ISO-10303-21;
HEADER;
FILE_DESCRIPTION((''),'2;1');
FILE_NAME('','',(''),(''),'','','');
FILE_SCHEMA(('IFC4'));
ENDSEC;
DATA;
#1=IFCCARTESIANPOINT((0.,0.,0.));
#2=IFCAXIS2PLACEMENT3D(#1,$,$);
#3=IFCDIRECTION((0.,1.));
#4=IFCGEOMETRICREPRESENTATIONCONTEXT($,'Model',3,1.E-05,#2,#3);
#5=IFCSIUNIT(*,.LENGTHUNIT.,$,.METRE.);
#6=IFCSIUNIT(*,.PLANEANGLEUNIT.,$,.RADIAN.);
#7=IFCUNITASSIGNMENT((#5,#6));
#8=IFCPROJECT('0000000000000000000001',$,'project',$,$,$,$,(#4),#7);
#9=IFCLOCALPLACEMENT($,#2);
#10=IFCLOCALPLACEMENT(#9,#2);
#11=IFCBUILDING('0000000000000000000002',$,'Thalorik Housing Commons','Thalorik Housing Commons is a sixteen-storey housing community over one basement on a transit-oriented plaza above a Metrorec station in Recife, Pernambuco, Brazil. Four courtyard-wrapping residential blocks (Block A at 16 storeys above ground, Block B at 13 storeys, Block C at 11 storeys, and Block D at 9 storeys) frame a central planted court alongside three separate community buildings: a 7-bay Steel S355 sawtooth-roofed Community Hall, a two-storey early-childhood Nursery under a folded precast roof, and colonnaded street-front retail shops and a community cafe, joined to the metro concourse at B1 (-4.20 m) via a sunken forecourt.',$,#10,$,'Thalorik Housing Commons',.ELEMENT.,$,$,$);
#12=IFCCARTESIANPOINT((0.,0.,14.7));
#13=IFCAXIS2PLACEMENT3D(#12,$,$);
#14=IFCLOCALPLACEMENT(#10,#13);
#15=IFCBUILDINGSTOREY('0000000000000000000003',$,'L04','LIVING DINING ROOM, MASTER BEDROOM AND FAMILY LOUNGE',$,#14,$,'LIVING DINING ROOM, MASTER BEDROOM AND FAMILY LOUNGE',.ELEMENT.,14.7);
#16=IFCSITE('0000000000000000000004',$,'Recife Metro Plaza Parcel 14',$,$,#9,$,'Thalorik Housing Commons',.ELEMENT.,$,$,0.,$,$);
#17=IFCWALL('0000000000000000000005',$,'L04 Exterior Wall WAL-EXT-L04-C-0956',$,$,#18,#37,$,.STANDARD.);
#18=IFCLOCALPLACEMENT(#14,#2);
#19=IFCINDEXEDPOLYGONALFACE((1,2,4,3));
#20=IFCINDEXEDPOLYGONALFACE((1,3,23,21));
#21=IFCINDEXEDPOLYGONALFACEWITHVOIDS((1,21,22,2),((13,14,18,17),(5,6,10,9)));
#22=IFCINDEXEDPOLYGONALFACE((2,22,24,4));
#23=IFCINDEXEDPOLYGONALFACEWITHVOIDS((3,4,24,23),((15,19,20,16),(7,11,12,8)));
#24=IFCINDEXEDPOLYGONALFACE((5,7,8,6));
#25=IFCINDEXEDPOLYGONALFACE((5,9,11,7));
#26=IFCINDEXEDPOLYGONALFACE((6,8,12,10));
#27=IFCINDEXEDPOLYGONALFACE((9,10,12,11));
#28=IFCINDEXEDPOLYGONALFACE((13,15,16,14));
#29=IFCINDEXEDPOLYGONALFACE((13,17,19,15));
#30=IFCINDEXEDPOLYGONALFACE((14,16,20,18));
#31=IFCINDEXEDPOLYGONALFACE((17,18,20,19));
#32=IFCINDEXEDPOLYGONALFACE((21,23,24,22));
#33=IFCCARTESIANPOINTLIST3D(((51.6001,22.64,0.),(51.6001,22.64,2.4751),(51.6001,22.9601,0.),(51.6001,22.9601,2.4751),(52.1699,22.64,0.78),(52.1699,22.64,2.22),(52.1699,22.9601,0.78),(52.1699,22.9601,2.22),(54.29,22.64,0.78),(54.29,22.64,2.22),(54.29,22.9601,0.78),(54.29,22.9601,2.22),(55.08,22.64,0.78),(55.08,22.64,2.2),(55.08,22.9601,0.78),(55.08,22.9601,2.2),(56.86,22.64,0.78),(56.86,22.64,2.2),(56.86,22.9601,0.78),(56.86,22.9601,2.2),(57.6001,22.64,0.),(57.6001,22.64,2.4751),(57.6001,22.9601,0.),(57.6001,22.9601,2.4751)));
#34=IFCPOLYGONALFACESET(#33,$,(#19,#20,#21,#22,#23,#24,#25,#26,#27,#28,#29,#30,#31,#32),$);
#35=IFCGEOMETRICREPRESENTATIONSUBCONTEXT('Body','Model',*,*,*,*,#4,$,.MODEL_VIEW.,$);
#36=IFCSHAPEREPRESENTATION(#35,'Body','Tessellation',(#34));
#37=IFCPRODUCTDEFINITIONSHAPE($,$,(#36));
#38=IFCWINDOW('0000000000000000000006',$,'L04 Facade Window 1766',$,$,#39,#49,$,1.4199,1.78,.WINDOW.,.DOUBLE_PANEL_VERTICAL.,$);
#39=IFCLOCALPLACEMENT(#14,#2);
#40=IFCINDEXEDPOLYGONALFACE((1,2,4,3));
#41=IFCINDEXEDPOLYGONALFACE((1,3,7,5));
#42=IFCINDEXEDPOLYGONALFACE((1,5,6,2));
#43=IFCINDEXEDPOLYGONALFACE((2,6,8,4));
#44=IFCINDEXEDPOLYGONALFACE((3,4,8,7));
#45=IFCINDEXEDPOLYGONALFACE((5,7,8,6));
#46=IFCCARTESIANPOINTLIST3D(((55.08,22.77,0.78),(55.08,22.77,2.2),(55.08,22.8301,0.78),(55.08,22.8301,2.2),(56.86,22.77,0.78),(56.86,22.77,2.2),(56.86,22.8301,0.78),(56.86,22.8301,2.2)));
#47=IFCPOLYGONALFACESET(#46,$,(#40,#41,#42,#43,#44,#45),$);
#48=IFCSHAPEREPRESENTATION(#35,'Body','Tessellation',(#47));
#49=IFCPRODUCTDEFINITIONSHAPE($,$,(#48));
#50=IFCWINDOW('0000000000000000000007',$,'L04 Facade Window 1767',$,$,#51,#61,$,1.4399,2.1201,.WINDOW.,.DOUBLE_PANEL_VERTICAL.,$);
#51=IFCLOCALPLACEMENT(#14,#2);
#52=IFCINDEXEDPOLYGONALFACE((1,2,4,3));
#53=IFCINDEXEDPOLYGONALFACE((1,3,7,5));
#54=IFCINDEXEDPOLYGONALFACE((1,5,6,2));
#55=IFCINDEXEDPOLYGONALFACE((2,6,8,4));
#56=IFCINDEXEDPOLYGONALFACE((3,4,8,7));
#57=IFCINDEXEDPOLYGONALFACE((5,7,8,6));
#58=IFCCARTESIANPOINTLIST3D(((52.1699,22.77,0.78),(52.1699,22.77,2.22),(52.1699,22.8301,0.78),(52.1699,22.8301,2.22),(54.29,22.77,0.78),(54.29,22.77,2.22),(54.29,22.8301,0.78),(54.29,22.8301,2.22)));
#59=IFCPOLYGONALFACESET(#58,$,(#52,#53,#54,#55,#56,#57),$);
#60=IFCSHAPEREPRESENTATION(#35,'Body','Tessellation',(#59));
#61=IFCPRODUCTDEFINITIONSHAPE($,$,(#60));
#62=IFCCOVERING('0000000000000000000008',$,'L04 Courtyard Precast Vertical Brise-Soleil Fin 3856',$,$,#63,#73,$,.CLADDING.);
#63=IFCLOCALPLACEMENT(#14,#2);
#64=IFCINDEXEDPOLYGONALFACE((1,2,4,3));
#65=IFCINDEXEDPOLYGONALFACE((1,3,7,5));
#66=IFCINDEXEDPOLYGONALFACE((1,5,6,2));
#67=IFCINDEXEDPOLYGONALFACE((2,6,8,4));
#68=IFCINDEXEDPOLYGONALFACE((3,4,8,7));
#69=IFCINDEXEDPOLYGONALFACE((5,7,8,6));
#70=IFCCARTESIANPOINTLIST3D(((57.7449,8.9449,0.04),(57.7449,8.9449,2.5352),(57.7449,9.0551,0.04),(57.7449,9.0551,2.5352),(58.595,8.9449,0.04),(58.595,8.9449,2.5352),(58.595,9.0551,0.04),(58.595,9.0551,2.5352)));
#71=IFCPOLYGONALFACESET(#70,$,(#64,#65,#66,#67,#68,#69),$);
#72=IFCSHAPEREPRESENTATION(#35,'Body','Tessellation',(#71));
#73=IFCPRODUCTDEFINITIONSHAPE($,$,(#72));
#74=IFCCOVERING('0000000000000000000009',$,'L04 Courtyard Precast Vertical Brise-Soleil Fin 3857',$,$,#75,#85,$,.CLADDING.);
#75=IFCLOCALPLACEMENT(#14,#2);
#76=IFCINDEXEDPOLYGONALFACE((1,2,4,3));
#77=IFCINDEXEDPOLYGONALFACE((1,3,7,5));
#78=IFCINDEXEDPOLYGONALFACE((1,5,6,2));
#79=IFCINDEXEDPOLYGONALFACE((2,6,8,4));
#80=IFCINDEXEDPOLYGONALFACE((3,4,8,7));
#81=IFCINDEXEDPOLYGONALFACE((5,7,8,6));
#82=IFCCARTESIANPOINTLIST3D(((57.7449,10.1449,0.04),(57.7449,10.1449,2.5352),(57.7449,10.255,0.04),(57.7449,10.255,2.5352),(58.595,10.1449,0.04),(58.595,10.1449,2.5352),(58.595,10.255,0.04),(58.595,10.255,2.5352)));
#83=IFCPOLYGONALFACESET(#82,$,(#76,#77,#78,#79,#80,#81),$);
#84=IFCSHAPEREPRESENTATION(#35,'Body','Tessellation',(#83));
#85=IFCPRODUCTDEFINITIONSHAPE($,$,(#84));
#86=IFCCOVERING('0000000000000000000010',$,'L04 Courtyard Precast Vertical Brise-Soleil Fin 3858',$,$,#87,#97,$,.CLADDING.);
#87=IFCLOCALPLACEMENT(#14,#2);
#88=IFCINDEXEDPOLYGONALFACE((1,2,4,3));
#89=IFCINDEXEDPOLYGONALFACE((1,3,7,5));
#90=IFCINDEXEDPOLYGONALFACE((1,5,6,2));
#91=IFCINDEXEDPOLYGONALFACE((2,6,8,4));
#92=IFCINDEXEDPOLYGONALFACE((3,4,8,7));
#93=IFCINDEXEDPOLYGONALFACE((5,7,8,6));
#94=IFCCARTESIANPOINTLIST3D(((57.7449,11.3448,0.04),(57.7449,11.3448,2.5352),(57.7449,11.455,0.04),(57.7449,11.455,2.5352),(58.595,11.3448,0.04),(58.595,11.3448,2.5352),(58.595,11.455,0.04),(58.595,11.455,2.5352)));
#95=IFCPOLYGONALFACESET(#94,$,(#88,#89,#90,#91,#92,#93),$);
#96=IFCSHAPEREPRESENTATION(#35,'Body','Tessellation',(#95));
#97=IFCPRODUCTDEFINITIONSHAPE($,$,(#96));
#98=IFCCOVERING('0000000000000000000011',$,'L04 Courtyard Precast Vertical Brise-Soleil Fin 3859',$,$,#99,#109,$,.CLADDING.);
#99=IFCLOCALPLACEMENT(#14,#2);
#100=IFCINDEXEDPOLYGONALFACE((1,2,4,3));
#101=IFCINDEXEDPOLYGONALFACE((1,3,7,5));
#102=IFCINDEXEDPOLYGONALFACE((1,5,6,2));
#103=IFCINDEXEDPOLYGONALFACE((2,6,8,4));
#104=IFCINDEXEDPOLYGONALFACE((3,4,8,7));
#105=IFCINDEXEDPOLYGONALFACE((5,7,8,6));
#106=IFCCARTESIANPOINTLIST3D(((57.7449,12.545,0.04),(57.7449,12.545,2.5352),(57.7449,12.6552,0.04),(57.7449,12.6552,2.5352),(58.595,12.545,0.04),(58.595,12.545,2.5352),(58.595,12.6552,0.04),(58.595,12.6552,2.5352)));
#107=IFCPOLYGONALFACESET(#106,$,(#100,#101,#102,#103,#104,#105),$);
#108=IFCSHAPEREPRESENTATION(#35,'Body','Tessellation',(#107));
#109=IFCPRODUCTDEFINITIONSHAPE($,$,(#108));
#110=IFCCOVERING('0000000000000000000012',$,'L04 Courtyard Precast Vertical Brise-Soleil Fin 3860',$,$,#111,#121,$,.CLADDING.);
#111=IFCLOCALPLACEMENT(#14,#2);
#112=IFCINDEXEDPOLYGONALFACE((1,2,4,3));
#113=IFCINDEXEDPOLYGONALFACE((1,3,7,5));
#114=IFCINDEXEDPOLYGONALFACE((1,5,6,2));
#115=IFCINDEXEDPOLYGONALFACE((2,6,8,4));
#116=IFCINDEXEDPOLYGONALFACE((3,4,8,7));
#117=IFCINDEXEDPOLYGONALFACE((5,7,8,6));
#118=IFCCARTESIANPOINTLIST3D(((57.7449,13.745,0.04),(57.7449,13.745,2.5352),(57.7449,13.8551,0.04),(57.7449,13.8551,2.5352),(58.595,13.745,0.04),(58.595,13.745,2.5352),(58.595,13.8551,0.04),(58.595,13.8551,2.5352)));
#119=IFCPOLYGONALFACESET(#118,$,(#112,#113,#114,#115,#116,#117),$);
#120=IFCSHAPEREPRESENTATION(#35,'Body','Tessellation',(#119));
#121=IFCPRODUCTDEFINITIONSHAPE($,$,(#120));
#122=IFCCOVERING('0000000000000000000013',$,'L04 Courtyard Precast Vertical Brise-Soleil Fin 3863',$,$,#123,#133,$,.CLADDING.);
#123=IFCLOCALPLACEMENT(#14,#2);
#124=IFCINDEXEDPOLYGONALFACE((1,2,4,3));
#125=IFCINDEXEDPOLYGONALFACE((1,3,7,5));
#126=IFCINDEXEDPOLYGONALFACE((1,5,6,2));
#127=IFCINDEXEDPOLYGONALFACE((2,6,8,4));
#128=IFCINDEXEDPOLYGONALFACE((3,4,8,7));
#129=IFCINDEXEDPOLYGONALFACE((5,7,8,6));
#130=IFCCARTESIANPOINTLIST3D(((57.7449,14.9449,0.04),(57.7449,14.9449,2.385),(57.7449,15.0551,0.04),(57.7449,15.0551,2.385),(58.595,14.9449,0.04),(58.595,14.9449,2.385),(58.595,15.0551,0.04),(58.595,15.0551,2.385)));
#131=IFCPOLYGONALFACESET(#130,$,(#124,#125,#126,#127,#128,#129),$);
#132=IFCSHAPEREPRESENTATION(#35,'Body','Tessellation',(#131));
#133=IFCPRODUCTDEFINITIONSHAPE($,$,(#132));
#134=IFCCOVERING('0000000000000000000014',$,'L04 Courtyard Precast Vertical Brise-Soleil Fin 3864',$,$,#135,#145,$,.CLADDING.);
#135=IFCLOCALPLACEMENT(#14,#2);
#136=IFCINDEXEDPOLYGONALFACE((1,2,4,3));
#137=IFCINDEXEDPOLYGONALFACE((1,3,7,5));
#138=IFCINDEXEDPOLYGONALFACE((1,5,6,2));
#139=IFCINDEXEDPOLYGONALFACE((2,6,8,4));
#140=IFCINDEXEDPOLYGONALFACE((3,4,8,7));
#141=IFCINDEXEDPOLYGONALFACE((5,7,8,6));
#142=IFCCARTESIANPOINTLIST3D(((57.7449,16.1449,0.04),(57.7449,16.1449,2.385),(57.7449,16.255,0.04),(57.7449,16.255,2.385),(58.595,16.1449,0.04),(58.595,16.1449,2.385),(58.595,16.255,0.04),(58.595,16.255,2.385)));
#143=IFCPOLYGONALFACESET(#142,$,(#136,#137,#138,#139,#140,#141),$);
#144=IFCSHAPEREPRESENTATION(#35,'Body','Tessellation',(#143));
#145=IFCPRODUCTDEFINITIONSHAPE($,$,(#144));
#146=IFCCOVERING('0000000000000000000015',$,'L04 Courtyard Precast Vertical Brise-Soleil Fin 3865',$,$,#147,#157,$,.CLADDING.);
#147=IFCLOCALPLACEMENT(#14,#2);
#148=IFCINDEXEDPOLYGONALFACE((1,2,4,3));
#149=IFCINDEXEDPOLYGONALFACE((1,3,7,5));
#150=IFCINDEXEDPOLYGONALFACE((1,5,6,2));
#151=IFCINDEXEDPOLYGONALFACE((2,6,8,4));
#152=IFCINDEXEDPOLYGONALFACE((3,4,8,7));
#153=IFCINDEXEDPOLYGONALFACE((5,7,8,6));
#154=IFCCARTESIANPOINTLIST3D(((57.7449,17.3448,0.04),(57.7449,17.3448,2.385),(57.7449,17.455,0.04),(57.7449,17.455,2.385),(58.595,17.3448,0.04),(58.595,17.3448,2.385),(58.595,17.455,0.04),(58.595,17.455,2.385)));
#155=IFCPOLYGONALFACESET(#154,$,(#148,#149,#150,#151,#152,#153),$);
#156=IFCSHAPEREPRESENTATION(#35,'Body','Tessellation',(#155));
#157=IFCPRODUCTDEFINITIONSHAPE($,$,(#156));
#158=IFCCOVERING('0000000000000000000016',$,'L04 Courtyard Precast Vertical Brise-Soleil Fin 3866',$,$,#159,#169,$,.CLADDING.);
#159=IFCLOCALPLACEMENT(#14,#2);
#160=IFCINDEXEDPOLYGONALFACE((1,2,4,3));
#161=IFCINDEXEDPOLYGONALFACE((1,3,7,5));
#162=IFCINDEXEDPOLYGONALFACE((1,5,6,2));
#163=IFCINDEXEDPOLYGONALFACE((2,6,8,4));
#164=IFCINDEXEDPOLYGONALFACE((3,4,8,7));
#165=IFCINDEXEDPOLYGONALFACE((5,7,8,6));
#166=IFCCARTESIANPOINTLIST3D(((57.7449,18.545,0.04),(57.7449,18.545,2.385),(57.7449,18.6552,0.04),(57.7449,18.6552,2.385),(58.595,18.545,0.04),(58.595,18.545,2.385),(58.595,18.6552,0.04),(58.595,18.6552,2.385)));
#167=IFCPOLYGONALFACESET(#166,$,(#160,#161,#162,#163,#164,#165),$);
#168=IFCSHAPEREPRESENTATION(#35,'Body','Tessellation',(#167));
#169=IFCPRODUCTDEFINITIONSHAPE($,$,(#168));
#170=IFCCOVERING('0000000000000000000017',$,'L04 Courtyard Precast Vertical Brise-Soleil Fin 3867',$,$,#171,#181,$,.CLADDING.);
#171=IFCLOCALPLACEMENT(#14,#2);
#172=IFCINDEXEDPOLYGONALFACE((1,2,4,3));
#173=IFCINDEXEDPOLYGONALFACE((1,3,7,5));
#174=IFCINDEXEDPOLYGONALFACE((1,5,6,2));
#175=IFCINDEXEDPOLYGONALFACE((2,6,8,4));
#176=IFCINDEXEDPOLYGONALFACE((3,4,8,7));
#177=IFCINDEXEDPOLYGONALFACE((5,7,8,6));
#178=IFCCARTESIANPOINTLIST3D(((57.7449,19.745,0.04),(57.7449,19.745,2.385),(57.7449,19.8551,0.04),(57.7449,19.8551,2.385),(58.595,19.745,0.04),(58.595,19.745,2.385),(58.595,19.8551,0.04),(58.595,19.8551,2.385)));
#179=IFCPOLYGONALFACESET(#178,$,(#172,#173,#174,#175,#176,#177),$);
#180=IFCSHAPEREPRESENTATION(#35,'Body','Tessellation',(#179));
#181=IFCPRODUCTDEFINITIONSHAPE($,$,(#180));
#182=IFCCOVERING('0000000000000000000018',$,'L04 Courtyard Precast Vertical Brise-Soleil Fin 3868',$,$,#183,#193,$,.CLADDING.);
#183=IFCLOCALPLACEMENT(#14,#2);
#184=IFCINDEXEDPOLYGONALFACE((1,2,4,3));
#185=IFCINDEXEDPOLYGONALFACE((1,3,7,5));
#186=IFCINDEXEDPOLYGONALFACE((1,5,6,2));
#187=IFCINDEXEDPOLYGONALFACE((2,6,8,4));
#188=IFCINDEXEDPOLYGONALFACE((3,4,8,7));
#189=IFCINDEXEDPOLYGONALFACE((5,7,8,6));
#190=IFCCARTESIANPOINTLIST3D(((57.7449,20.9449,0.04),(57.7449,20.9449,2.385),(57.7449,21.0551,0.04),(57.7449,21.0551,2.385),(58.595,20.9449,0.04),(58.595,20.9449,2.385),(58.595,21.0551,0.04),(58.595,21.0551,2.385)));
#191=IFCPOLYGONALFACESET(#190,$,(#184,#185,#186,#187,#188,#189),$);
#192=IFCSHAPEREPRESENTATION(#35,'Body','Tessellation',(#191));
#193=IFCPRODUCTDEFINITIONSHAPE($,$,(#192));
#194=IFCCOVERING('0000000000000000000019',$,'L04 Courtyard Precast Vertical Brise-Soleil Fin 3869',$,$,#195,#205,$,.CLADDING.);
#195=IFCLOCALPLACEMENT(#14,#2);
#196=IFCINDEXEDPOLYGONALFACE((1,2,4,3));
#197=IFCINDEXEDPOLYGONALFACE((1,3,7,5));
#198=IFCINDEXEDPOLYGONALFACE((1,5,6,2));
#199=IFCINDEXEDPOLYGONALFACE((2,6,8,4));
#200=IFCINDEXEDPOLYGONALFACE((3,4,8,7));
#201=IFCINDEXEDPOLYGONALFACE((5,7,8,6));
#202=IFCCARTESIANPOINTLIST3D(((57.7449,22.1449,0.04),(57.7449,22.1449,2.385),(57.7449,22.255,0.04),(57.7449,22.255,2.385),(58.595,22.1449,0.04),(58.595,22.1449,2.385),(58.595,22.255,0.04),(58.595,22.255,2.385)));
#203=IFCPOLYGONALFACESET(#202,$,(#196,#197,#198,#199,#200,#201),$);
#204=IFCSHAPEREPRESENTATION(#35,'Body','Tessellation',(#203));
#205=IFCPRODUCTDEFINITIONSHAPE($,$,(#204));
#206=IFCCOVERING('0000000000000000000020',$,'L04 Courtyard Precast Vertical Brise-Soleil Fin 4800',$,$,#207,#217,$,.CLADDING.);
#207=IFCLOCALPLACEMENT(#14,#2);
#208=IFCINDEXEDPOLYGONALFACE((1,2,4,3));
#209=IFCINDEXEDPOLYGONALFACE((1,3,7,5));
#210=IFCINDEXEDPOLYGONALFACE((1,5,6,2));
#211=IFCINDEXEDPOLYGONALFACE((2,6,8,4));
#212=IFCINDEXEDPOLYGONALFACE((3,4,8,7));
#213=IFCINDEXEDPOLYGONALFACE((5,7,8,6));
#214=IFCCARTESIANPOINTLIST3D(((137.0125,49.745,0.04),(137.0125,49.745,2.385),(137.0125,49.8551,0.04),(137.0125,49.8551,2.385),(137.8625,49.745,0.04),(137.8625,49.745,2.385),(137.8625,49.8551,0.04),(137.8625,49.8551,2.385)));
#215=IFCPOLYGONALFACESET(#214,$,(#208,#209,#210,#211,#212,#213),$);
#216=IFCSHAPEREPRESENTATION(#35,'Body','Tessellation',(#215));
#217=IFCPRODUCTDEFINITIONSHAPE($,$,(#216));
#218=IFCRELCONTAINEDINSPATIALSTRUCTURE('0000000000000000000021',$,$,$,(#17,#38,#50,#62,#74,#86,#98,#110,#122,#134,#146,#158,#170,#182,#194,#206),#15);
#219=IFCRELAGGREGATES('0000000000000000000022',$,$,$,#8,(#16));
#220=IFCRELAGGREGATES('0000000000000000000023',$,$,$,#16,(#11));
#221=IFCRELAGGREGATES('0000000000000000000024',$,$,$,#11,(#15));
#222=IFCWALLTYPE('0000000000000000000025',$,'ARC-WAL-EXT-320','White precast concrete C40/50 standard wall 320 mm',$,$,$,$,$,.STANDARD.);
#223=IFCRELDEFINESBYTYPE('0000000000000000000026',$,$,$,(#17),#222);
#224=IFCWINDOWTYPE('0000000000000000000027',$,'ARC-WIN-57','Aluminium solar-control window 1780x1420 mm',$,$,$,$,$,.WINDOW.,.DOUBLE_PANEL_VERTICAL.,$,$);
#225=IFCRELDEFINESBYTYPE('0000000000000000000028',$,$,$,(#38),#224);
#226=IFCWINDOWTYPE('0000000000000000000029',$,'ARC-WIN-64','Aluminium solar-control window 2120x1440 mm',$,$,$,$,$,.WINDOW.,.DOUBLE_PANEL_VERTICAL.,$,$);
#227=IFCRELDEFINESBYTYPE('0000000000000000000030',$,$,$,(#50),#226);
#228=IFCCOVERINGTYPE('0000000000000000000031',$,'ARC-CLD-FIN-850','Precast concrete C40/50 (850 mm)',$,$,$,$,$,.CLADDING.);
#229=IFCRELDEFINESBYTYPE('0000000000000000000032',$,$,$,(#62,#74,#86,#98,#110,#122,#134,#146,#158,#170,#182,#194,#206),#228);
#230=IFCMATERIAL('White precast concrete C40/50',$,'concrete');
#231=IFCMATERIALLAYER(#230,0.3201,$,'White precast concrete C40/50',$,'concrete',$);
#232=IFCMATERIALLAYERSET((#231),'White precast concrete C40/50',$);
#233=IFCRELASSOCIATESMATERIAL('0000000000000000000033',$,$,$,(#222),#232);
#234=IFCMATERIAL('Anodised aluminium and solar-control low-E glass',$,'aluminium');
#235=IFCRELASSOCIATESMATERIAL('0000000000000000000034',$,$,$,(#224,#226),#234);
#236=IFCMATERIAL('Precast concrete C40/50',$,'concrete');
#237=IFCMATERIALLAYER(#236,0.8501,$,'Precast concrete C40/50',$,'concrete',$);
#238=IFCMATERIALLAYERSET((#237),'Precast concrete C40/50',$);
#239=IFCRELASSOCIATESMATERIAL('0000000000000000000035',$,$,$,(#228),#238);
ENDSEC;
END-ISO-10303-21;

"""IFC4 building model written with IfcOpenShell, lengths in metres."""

from ifc_helpers import new_model, si_unit, direction, frame, frame_2d, origin, origin_2d, place, context, subcontext, project, spatial, rectangle, extrude, material, layer, layer_set, type_object, element, fill, save


model = new_model("IFC4")

# Units and contexts
model_context = context("Model", 3, precision=1e-05, world=origin(), true_north=direction((0.0, 1.0)))
body_context = subcontext(model_context, "Body", "Model", "MODEL_VIEW")
ifc_project = project(units=[si_unit("LENGTHUNIT", "METRE"), si_unit("PLANEANGLEUNIT", "RADIAN")], contexts=[model_context])

# Site, building, storey
site_placement = place(None, origin())
site = spatial("IfcSite", under=ifc_project, at=site_placement, Name="Recife Metro Plaza Parcel 14", LongName="Thalorik Housing Commons", CompositionType="ELEMENT", RefElevation=0.0)
building_placement = place(site_placement, origin())
building = spatial("IfcBuilding", under=site, at=building_placement, Name="Thalorik Housing Commons", Description="Thalorik Housing Commons is a sixteen-storey housing community over one basement on a transit-oriented plaza above a Metrorec station in Recife, Pernambuco, Brazil. Four courtyard-wrapping residential blocks (Block A at 16 storeys above ground, Block B at 13 storeys, Block C at 11 storeys, and Block D at 9 storeys) frame a central planted court alongside three separate community buildings: a 7-bay Steel S355 sawtooth-roofed Community Hall, a two-storey early-childhood Nursery under a folded precast roof, and colonnaded street-front retail shops and a community cafe, joined to the metro concourse at B1 (-4.20 m) via a sunken forecourt.", LongName="Thalorik Housing Commons", CompositionType="ELEMENT")
storey_placement = place(building_placement, frame((0.0, 0.0, 14.7)))
storey = spatial("IfcBuildingStorey", under=building, at=storey_placement, Name="L04", Description="LIVING DINING ROOM, MASTER BEDROOM AND FAMILY LOUNGE", LongName="LIVING DINING ROOM, MASTER BEDROOM AND FAMILY LOUNGE", CompositionType="ELEMENT", Elevation=14.7)

# Wall, openings, windows
ifc_material_1 = material(Name="White precast concrete C40/50", Category="concrete")
ifc_layer_1 = layer(ifc_material_1, 0.3201, Name="White precast concrete C40/50", Category="concrete")
ifc_layer_set_1 = layer_set([ifc_layer_1], Name="White precast concrete C40/50")
wall_type = type_object("IfcWallType", Name="ARC-WAL-EXT-320", Description="White precast concrete C40/50 standard wall 320 mm", PredefinedType="STANDARD", material=ifc_layer_set_1)
ifc_material_2 = material(Name="Anodised aluminium and solar-control low-E glass", Category="aluminium")
wall_1_placement = place(storey_placement, frame((57.6001, 22.8, 0.0), z_axis=(0.0, 0.0, 1.0), x_axis=(-1.0, 0.0, 0.0)))
wall_1 = element("IfcWall", 1, at=wall_1_placement, inside=storey, type_object=wall_type, Name="L04 Exterior Wall WAL-EXT-L04-C-0956", PredefinedType="STANDARD", context=body_context, shape_type="SweptSolid", body=[
    extrude(rectangle(XDim=6.0, YDim=0.3201, at=frame_2d((3.0, 0.0))), origin(), (0.0, 0.0, 1.0), 2.4751),
])
opening_1_placement = place(wall_1_placement, frame((0.74, 0.0, 0.78)))
opening_1 = element("IfcOpeningElement", 2, at=opening_1_placement, cuts=wall_1, PredefinedType="OPENING", context=body_context, shape_type="SweptSolid", body=[
    extrude(rectangle(XDim=1.78, YDim=1.4199, at=frame_2d((0.8901, 0.71))), frame((0.0, 0.1699, 0.0), z_axis=(0.0, -1.0, 0.0), x_axis=(1.0, 0.0, 0.0)), (0.0, 0.0, 1.0), 0.3401),
])
opening_2_placement = place(wall_1_placement, frame((3.3101, 0.0, 0.78)))
opening_2 = element("IfcOpeningElement", 3, at=opening_2_placement, cuts=wall_1, PredefinedType="OPENING", context=body_context, shape_type="SweptSolid", body=[
    extrude(rectangle(XDim=2.1201, YDim=1.4399, at=frame_2d((1.0601, 0.72))), frame((0.0, 0.1699, 0.0), z_axis=(0.0, -1.0, 0.0), x_axis=(1.0, 0.0, 0.0)), (0.0, 0.0, 1.0), 0.3401),
])
window_type_1 = type_object("IfcWindowType", Name="ARC-WIN-57", Description="Aluminium solar-control window 1780x1420 mm", PartitioningType="DOUBLE_PANEL_VERTICAL", PredefinedType="WINDOW", material=ifc_material_2)
window_1_placement = place(opening_1_placement, origin())
window_1 = element("IfcWindow", 4, at=window_1_placement, inside=storey, type_object=window_type_1, Name="L04 Facade Window 1766", OverallHeight=1.4199, OverallWidth=1.78, PartitioningType="DOUBLE_PANEL_VERTICAL", PredefinedType="WINDOW", context=body_context, shape_type="SweptSolid", body=[
    extrude(rectangle(XDim=1.78, YDim=1.4199, at=frame_2d((0.8901, 0.71))), frame((0.0, 0.03, 0.0), z_axis=(0.0, -1.0, 0.0), x_axis=(1.0, 0.0, 0.0)), (0.0, 0.0, 1.0), 0.0601),
])
fill(opening_1, window_1)
window_type_2 = type_object("IfcWindowType", Name="ARC-WIN-64", Description="Aluminium solar-control window 2120x1440 mm", PartitioningType="DOUBLE_PANEL_VERTICAL", PredefinedType="WINDOW", material=ifc_material_2)
window_2_placement = place(opening_2_placement, origin())
window_2 = element("IfcWindow", 5, at=window_2_placement, inside=storey, type_object=window_type_2, Name="L04 Facade Window 1767", OverallHeight=1.4399, OverallWidth=2.1201, PartitioningType="DOUBLE_PANEL_VERTICAL", PredefinedType="WINDOW", context=body_context, shape_type="SweptSolid", body=[
    extrude(rectangle(XDim=2.1201, YDim=1.4399, at=frame_2d((1.0601, 0.72))), frame((0.0, 0.03, 0.0), z_axis=(0.0, -1.0, 0.0), x_axis=(1.0, 0.0, 0.0)), (0.0, 0.0, 1.0), 0.0601),
])
fill(opening_2, window_2)

# Coverings
ifc_material_3 = material(Name="Precast concrete C40/50", Category="concrete")
ifc_layer_2 = layer(ifc_material_3, 0.8501, Name="Precast concrete C40/50", Category="concrete")
ifc_layer_set_2 = layer_set([ifc_layer_2], Name="Precast concrete C40/50")
covering_type_1 = type_object("IfcCoveringType", Name="ARC-CLD-FIN-850", Description="Precast concrete C40/50 (850 mm)", PredefinedType="CLADDING", material=ifc_layer_set_2)
for number, where, z_axis, x_axis, name in (
    (6, (58.1699, 9.0, 0.04), (0.0, 0.0, 1.0), (0.0, 1.0, 0.0), "L04 Courtyard Precast Vertical Brise-Soleil Fin 3856"),
    (7, (58.1699, 10.2, 0.04), (0.0, 0.0, 1.0), (0.0, 1.0, 0.0), "L04 Courtyard Precast Vertical Brise-Soleil Fin 3857"),
    (8, (58.1699, 11.3999, 0.04), (0.0, 0.0, 1.0), (0.0, 1.0, 0.0), "L04 Courtyard Precast Vertical Brise-Soleil Fin 3858"),
    (9, (58.1699, 12.6001, 0.04), (0.0, 0.0, 1.0), (0.0, 1.0, 0.0), "L04 Courtyard Precast Vertical Brise-Soleil Fin 3859"),
    (10, (58.1699, 13.8, 0.04), (0.0, 0.0, 1.0), (0.0, 1.0, 0.0), "L04 Courtyard Precast Vertical Brise-Soleil Fin 3860"),
):
    element("IfcCovering", number, at=place(storey_placement, frame(where, z_axis=z_axis, x_axis=x_axis)), inside=storey, type_object=covering_type_1, Name=name, PredefinedType="CLADDING", context=body_context, shape_type="SweptSolid", body=[
        extrude(rectangle(XDim=0.1101, YDim=0.8501, at=origin_2d()), origin(), (0.0, 0.0, 1.0), 2.4951),
    ])
for number, where, z_axis, x_axis, name in (
    (11, (58.1699, 15.0, 0.04), (0.0, 0.0, 1.0), (0.0, 1.0, 0.0), "L04 Courtyard Precast Vertical Brise-Soleil Fin 3863"),
    (12, (58.1699, 16.2, 0.04), (0.0, 0.0, 1.0), (0.0, 1.0, 0.0), "L04 Courtyard Precast Vertical Brise-Soleil Fin 3864"),
    (13, (58.1699, 17.3999, 0.04), (0.0, 0.0, 1.0), (0.0, 1.0, 0.0), "L04 Courtyard Precast Vertical Brise-Soleil Fin 3865"),
    (14, (58.1699, 18.6001, 0.04), (0.0, 0.0, 1.0), (0.0, 1.0, 0.0), "L04 Courtyard Precast Vertical Brise-Soleil Fin 3866"),
    (15, (58.1699, 19.8, 0.04), (0.0, 0.0, 1.0), (0.0, 1.0, 0.0), "L04 Courtyard Precast Vertical Brise-Soleil Fin 3867"),
    (16, (58.1699, 21.0, 0.04), (0.0, 0.0, 1.0), (0.0, 1.0, 0.0), "L04 Courtyard Precast Vertical Brise-Soleil Fin 3868"),
    (17, (58.1699, 22.2, 0.04), (0.0, 0.0, 1.0), (0.0, 1.0, 0.0), "L04 Courtyard Precast Vertical Brise-Soleil Fin 3869"),
    (18, (137.4375, 49.8, 0.04), (0.0, 0.0, 1.0), (0.0, -1.0, 0.0), "L04 Courtyard Precast Vertical Brise-Soleil Fin 4800"),
):
    element("IfcCovering", number, at=place(storey_placement, frame(where, z_axis=z_axis, x_axis=x_axis)), inside=storey, type_object=covering_type_1, Name=name, PredefinedType="CLADDING", context=body_context, shape_type="SweptSolid", body=[
        extrude(rectangle(XDim=0.1101, YDim=0.8501, at=origin_2d()), origin(), (0.0, 0.0, 1.0), 2.345),
    ])

save(model, "model.ifc")
